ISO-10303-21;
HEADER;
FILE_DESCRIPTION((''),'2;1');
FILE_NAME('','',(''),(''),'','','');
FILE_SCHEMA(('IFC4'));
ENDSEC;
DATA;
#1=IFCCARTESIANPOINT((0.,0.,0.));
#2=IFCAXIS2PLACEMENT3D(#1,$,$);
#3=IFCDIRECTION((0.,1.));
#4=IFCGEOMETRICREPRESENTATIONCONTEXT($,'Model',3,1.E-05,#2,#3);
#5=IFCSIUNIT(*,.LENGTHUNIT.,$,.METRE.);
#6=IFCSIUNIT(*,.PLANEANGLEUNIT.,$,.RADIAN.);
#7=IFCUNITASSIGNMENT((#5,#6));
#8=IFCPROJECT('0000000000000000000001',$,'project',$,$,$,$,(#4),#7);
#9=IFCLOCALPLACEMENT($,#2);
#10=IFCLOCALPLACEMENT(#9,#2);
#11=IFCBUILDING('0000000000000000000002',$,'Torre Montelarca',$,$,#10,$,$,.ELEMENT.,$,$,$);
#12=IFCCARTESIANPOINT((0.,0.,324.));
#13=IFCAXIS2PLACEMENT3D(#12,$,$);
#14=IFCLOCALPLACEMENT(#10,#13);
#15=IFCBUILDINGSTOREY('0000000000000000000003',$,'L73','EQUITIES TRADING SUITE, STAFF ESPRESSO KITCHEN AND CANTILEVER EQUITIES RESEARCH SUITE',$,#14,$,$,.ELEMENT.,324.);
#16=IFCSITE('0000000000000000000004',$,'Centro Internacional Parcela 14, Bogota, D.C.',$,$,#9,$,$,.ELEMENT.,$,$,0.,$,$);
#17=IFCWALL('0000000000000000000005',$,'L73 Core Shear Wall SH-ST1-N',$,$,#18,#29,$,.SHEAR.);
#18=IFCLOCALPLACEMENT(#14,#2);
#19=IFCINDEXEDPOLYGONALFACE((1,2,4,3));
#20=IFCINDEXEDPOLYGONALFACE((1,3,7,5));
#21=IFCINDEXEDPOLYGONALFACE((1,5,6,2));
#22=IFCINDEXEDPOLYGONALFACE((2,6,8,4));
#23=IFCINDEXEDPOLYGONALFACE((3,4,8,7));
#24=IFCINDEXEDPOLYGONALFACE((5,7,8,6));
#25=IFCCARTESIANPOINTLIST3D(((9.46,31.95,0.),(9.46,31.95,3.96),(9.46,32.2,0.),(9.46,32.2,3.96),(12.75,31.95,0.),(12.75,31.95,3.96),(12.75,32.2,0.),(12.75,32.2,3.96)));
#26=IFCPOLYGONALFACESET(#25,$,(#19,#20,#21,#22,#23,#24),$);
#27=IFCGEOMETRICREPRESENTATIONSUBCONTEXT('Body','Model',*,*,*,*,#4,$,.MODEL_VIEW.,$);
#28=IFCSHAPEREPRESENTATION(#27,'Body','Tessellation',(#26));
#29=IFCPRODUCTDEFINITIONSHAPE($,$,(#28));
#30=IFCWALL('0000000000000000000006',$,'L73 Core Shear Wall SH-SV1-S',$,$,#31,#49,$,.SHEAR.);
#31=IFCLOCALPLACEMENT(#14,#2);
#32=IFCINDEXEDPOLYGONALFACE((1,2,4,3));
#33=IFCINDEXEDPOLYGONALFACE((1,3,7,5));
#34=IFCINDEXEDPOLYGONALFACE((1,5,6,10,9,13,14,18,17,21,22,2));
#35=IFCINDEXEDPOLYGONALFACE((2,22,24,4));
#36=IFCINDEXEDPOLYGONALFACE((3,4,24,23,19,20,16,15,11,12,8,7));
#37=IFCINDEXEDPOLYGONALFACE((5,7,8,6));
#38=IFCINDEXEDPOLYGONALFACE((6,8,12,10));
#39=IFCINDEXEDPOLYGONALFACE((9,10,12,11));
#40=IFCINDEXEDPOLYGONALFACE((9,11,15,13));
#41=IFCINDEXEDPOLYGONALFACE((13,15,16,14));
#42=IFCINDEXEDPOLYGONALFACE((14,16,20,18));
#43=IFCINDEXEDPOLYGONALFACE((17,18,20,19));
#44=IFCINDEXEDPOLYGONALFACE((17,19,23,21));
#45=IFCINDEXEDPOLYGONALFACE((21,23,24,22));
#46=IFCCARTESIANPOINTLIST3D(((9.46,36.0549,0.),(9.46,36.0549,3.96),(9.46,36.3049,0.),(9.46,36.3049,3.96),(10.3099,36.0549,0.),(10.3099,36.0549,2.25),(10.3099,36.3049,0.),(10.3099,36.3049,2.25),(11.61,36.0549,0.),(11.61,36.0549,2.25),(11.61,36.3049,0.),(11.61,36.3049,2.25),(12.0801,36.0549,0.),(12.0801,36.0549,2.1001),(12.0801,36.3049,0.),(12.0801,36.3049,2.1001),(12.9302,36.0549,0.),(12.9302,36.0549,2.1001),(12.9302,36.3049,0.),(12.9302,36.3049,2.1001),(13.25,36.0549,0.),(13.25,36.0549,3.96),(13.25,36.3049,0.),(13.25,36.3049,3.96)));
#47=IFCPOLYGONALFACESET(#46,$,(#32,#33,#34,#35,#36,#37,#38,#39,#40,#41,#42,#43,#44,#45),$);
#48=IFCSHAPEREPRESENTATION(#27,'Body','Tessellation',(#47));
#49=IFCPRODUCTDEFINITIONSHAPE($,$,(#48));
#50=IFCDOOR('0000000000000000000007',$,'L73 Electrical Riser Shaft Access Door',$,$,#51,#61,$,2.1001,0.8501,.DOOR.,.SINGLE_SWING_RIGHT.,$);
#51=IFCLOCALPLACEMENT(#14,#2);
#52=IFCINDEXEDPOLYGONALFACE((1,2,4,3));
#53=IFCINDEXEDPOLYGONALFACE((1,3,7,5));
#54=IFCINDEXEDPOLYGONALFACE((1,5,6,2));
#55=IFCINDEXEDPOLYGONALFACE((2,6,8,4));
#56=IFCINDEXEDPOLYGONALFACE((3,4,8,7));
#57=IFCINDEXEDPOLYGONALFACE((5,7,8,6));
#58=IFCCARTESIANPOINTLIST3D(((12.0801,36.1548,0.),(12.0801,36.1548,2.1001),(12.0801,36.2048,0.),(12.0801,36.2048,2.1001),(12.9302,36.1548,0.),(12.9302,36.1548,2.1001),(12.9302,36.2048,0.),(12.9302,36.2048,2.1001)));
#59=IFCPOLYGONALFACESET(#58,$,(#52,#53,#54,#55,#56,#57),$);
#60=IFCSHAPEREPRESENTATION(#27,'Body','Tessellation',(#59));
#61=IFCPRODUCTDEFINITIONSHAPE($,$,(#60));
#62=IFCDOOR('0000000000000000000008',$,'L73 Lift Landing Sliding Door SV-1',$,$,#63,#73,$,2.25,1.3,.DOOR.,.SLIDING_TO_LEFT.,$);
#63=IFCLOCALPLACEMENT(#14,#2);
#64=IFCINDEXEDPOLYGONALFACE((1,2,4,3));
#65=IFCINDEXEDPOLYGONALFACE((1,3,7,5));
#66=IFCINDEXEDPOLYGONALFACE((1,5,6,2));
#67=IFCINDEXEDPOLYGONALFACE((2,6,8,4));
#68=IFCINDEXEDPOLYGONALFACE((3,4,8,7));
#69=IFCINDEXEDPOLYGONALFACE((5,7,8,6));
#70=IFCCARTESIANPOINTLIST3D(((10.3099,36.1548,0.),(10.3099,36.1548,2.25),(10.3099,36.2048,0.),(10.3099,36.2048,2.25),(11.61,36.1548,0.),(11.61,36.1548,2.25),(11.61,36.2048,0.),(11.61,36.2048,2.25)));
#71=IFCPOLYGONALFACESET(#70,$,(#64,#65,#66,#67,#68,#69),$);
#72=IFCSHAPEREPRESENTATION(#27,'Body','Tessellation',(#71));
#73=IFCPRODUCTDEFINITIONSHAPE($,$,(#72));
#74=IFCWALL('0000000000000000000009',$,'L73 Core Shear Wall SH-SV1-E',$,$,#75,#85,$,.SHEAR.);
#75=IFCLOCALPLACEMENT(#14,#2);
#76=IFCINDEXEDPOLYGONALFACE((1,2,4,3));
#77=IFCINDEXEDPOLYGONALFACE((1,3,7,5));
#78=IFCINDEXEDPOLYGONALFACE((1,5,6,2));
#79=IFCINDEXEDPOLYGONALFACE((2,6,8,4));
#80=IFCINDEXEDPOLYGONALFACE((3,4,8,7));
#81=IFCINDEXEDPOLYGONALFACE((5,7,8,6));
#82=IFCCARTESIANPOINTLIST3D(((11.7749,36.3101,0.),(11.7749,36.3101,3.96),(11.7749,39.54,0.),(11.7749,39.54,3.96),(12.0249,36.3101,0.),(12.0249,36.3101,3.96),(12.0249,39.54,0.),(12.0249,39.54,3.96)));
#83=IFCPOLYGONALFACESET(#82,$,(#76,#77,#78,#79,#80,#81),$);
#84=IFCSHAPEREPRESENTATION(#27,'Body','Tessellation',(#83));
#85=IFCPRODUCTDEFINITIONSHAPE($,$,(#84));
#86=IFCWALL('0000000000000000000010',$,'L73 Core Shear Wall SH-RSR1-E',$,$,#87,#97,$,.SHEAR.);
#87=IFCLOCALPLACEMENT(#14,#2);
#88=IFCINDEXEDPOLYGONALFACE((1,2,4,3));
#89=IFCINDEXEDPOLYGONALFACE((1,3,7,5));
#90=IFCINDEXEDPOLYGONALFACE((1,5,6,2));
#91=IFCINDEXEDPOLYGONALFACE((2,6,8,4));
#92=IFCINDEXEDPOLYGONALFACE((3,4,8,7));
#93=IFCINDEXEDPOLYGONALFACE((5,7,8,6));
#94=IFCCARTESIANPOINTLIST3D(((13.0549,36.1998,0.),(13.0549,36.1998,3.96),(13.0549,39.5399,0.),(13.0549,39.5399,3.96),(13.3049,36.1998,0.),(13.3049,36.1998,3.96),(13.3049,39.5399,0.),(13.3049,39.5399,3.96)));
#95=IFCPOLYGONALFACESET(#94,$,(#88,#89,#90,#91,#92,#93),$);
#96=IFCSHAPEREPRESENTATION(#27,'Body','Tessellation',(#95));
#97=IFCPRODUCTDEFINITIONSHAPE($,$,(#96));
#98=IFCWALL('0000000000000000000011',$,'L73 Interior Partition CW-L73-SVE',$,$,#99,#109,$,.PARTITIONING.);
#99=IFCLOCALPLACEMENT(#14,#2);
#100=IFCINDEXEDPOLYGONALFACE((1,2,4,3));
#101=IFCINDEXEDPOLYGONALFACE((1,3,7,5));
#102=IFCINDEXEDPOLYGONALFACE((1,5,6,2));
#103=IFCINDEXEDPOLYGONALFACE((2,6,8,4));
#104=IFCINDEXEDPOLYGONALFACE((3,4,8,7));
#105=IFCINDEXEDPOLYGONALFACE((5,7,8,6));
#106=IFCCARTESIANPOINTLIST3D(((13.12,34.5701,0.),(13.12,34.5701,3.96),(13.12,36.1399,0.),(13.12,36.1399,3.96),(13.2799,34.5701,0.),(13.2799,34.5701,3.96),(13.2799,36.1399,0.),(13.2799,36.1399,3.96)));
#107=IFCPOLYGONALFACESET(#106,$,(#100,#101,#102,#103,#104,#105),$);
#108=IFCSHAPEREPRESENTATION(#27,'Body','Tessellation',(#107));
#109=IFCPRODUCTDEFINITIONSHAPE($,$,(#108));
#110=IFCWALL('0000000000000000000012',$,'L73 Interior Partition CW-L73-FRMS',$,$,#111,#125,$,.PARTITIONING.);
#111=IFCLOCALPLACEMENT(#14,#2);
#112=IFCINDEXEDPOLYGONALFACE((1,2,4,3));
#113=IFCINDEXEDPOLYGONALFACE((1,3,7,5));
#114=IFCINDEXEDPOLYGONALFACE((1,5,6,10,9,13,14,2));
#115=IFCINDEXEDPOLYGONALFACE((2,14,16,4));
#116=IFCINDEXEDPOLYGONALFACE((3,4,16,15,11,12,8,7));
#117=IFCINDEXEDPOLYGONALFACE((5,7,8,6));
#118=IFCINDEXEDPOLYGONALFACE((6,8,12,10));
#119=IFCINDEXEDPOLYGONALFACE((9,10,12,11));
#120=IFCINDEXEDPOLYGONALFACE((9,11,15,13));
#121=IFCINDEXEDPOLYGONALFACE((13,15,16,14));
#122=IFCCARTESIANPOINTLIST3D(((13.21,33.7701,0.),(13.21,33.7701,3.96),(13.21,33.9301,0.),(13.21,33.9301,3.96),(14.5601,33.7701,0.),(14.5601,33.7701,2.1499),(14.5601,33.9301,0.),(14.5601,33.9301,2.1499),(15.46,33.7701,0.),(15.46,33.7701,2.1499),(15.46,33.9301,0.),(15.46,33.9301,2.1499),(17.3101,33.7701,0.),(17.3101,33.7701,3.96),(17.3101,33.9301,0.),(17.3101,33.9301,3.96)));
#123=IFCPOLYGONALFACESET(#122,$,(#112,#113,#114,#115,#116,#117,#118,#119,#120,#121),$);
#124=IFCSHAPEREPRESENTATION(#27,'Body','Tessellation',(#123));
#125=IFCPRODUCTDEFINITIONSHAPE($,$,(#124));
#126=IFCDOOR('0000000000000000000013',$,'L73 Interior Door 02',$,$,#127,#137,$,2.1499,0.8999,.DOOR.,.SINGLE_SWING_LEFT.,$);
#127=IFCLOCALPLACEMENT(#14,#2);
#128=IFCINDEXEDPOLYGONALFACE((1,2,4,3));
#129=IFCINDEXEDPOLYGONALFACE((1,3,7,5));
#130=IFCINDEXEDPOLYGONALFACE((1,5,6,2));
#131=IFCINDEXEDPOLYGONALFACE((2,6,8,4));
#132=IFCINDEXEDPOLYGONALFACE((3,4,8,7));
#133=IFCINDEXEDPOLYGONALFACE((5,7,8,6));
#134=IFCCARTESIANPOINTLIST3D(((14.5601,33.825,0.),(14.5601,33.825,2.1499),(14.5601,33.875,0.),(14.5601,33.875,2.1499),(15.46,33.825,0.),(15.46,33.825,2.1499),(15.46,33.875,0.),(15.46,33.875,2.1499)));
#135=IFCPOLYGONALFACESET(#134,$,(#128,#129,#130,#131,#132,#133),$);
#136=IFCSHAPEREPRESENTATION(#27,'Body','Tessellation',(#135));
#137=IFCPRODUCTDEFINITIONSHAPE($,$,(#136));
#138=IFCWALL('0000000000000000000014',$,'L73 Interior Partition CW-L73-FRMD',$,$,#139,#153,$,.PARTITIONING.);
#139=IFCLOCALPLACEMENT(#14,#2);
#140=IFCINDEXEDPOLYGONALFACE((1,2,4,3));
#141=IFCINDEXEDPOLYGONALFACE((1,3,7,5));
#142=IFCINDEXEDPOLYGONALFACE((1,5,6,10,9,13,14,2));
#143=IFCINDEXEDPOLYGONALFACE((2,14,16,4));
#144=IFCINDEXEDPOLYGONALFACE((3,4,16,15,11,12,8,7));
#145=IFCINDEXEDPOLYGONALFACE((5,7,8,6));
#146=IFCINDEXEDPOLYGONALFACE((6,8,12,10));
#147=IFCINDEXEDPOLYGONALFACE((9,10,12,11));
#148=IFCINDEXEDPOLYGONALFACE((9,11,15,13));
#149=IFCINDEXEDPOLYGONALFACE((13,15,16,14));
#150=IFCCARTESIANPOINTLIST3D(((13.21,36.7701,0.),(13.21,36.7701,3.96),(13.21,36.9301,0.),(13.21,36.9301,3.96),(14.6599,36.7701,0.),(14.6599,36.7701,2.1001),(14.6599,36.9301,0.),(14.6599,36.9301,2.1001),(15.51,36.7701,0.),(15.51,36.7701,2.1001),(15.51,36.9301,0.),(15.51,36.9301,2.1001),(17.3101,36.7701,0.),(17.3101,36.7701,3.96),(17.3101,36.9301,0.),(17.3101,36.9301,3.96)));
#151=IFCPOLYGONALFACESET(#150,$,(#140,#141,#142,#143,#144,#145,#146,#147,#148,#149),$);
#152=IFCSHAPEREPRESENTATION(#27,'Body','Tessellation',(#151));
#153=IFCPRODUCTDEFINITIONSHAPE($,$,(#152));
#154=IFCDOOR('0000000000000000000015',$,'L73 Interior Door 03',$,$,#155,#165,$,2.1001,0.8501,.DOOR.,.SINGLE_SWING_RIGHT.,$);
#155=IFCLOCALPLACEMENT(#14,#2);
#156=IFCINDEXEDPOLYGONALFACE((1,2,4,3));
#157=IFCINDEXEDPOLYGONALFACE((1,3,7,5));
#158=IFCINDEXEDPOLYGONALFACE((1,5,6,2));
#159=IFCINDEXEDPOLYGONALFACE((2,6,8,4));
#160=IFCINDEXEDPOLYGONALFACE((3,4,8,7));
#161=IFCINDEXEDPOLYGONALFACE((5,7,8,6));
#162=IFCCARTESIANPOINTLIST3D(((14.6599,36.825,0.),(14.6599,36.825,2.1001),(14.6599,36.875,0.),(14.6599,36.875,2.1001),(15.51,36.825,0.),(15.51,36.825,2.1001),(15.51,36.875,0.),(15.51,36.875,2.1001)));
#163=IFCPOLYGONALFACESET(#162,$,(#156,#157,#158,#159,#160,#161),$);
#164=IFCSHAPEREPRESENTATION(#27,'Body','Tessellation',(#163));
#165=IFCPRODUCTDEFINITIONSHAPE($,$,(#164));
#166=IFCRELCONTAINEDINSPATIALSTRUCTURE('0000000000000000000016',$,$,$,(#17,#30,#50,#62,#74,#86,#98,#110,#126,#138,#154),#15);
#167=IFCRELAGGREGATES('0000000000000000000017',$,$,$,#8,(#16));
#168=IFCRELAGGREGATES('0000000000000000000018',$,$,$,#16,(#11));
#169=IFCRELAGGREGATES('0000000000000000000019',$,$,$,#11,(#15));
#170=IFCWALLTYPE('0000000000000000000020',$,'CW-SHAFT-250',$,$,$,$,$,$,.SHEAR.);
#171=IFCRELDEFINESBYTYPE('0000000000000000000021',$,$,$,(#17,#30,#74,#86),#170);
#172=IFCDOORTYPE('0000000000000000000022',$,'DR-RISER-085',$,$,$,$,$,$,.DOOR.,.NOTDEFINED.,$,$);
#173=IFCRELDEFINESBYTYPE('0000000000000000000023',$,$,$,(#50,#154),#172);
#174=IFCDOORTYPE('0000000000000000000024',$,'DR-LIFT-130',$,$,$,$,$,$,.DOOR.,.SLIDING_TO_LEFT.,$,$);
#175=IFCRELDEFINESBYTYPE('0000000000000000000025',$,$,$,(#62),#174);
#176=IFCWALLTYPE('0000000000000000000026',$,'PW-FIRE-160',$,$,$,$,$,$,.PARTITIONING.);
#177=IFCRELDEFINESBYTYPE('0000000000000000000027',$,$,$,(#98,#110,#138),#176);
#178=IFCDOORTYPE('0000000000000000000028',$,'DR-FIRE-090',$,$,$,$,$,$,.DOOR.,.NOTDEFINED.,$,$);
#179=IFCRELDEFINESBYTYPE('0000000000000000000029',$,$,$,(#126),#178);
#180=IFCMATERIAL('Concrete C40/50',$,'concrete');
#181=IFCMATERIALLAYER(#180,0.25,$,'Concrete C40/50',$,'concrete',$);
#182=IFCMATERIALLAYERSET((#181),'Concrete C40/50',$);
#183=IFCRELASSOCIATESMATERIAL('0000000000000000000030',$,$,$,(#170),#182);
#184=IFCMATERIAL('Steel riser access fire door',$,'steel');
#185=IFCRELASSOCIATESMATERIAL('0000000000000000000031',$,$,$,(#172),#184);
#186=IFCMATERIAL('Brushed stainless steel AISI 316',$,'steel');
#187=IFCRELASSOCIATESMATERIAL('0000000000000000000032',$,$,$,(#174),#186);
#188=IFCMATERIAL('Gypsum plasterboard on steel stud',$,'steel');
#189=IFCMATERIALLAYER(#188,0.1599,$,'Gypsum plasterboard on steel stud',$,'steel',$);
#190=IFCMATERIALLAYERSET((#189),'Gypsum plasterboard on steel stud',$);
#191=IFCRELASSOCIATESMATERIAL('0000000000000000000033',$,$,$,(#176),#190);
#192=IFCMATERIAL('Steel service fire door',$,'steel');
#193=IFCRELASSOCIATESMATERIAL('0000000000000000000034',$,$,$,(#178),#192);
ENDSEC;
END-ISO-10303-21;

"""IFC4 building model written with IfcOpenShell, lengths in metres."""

from ifc_helpers import new_model, si_unit, direction, frame, frame_2d, origin, place, context, subcontext, project, spatial, rectangle, extrude, source, transform, mapped, material, layer, layer_set, type_object, element, fill, save


model = new_model("IFC4")

# Units and contexts
model_context = context("Model", 3, precision=1e-05, world=origin(), true_north=direction((0.0, 1.0)))
body_context = subcontext(model_context, "Body", "Model", "MODEL_VIEW")
ifc_project = project(units=[si_unit("LENGTHUNIT", "METRE"), si_unit("PLANEANGLEUNIT", "RADIAN")], contexts=[model_context])

# Site, building, storey
site_placement = place(None, origin())
site = spatial("IfcSite", under=ifc_project, at=site_placement, Name="Centro Internacional Parcela 14, Bogota, D.C.", CompositionType="ELEMENT", RefElevation=0.0)
building_placement = place(site_placement, origin())
building = spatial("IfcBuilding", under=site, at=building_placement, Name="Torre Montelarca", CompositionType="ELEMENT")
storey_placement = place(building_placement, frame((0.0, 0.0, 324.0)))
storey = spatial("IfcBuildingStorey", under=building, at=storey_placement, Name="L73", Description="EQUITIES TRADING SUITE, STAFF ESPRESSO KITCHEN AND CANTILEVER EQUITIES RESEARCH SUITE", CompositionType="ELEMENT", Elevation=324.0)

# Wall
ifc_material_1 = material(Name="Concrete C40/50", Category="concrete")
ifc_layer_1 = layer(ifc_material_1, 0.25, Name="Concrete C40/50", Category="concrete")
ifc_layer_set_1 = layer_set([ifc_layer_1], Name="Concrete C40/50")
wall_type_1 = type_object("IfcWallType", Name="CW-SHAFT-250", PredefinedType="SHEAR", material=ifc_layer_set_1)
wall_1_placement = place(storey_placement, frame((9.46, 32.075, 0.0), z_axis=(0.0, 0.0, 1.0), x_axis=(1.0, 0.0, 0.0)))
element("IfcWall", 1, at=wall_1_placement, inside=storey, type_object=wall_type_1, Name="L73 Core Shear Wall SH-ST1-N", PredefinedType="SHEAR", context=body_context, shape_type="SweptSolid", body=[
    extrude(rectangle(XDim=3.29, YDim=0.25, at=frame_2d((1.645, 0.0))), origin(), (0.0, 0.0, 1.0), 3.96),
])

# Wall, openings, doors
wall_2_placement = place(storey_placement, frame((9.46, 36.1799, 0.0), z_axis=(0.0, 0.0, 1.0), x_axis=(1.0, 0.0, 0.0)))
wall_2 = element("IfcWall", 2, at=wall_2_placement, inside=storey, type_object=wall_type_1, Name="L73 Core Shear Wall SH-SV1-S", PredefinedType="SHEAR", context=body_context, shape_type="SweptSolid", body=[
    extrude(rectangle(XDim=3.79, YDim=0.25, at=frame_2d((1.895, 0.0))), origin(), (0.0, 0.0, 1.0), 3.96),
])
opening_1_placement = place(wall_2_placement, frame((2.6201, 0.0, 0.0)))
opening_1 = element("IfcOpeningElement", 3, at=opening_1_placement, cuts=wall_2, PredefinedType="OPENING", context=body_context, shape_type="SweptSolid", body=[
    extrude(rectangle(XDim=0.8501, YDim=2.1001, at=frame_2d((0.425, 1.05))), frame((0.0, 0.135, 0.0), z_axis=(0.0, -1.0, 0.0), x_axis=(1.0, 0.0, 0.0)), (0.0, 0.0, 1.0), 0.27),
])
opening_2_placement = place(wall_2_placement, frame((0.8501, 0.0, 0.0)))
opening_2 = element("IfcOpeningElement", 4, at=opening_2_placement, cuts=wall_2, PredefinedType="OPENING", context=body_context, shape_type="SweptSolid", body=[
    extrude(rectangle(XDim=1.3, YDim=2.25, at=frame_2d((0.6499, 1.125))), frame((0.0, 0.135, 0.0), z_axis=(0.0, -1.0, 0.0), x_axis=(1.0, 0.0, 0.0)), (0.0, 0.0, 1.0), 0.27),
])
ifc_material_2 = material(Name="Steel riser access fire door", Category="steel")
door_type_1 = type_object("IfcDoorType", Name="DR-RISER-085", OperationType="NOTDEFINED", PredefinedType="DOOR", material=ifc_material_2)
shared_shape_1 = source(origin(), body_context, "Body", "SweptSolid", [
    extrude(rectangle(XDim=0.8501, YDim=2.1001, at=frame_2d((0.425, 1.05))), frame((0.0, 0.0249, 0.0), z_axis=(0.0, -1.0, 0.0), x_axis=(1.0, 0.0, 0.0)), (0.0, 0.0, 1.0), 0.05),
])
door_1_placement = place(opening_1_placement, origin())
door_1 = element("IfcDoor", 5, at=door_1_placement, inside=storey, type_object=door_type_1, Name="L73 Electrical Riser Shaft Access Door", OperationType="SINGLE_SWING_RIGHT", OverallHeight=2.1001, OverallWidth=0.8501, PredefinedType="DOOR", context=body_context, shape_type="MappedRepresentation", body=[
    mapped(shared_shape_1, transform((0.0, 0.0, 0.0), scale=1.0)),
])
fill(opening_1, door_1)
ifc_material_3 = material(Name="Brushed stainless steel AISI 316", Category="steel")
door_type_2 = type_object("IfcDoorType", Name="DR-LIFT-130", OperationType="SLIDING_TO_LEFT", PredefinedType="DOOR", material=ifc_material_3)
shared_shape_2 = source(origin(), body_context, "Body", "SweptSolid", [
    extrude(rectangle(XDim=1.3, YDim=2.25, at=frame_2d((0.6499, 1.125))), frame((0.0, 0.0249, 0.0), z_axis=(0.0, -1.0, 0.0), x_axis=(1.0, 0.0, 0.0)), (0.0, 0.0, 1.0), 0.05),
])
door_2_placement = place(opening_2_placement, origin())
door_2 = element("IfcDoor", 6, at=door_2_placement, inside=storey, type_object=door_type_2, Name="L73 Lift Landing Sliding Door SV-1", OperationType="SLIDING_TO_LEFT", OverallHeight=2.25, OverallWidth=1.3, PredefinedType="DOOR", context=body_context, shape_type="MappedRepresentation", body=[
    mapped(shared_shape_2, transform((0.0, 0.0, 0.0), scale=1.0)),
])
fill(opening_2, door_2)

# Walls
wall_3_placement = place(storey_placement, frame((11.8999, 36.3101, 0.0), z_axis=(0.0, 0.0, 1.0), x_axis=(0.0, 1.0, 0.0)))
element("IfcWall", 7, at=wall_3_placement, inside=storey, type_object=wall_type_1, Name="L73 Core Shear Wall SH-SV1-E", PredefinedType="SHEAR", context=body_context, shape_type="SweptSolid", body=[
    extrude(rectangle(XDim=3.23, YDim=0.25, at=frame_2d((1.615, 0.0))), origin(), (0.0, 0.0, 1.0), 3.96),
])
wall_4_placement = place(storey_placement, frame((13.1799, 36.2, 0.0), z_axis=(0.0, 0.0, 1.0), x_axis=(0.0, 1.0, 0.0)))
element("IfcWall", 8, at=wall_4_placement, inside=storey, type_object=wall_type_1, Name="L73 Core Shear Wall SH-RSR1-E", PredefinedType="SHEAR", context=body_context, shape_type="SweptSolid", body=[
    extrude(rectangle(XDim=3.3401, YDim=0.25, at=frame_2d((1.6699, 0.0))), origin(), (0.0, 0.0, 1.0), 3.96),
])

# Shared definitions
ifc_material_4 = material(Name="Gypsum plasterboard on steel stud", Category="steel")
ifc_layer_2 = layer(ifc_material_4, 0.1599, Name="Gypsum plasterboard on steel stud", Category="steel")
ifc_layer_set_2 = layer_set([ifc_layer_2], Name="Gypsum plasterboard on steel stud")
wall_type_2 = type_object("IfcWallType", Name="PW-FIRE-160", PredefinedType="PARTITIONING", material=ifc_layer_set_2)
ifc_material_5 = material(Name="Steel service fire door", Category="steel")
door_type_3 = type_object("IfcDoorType", Name="DR-FIRE-090", OperationType="NOTDEFINED", PredefinedType="DOOR", material=ifc_material_5)
shared_shape_3 = source(origin(), body_context, "Body", "SweptSolid", [
    extrude(rectangle(XDim=0.8999, YDim=2.1499, at=frame_2d((0.45, 1.075))), frame((0.0, 0.0249, 0.0), z_axis=(0.0, -1.0, 0.0), x_axis=(1.0, 0.0, 0.0)), (0.0, 0.0, 1.0), 0.05),
])

# Wall
wall_5_placement = place(storey_placement, frame((13.2, 34.5701, 0.0), z_axis=(0.0, 0.0, 1.0), x_axis=(0.0, 1.0, 0.0)))
element("IfcWall", 9, at=wall_5_placement, inside=storey, type_object=wall_type_2, Name="L73 Interior Partition CW-L73-SVE", PredefinedType="PARTITIONING", context=body_context, shape_type="SweptSolid", body=[
    extrude(rectangle(XDim=1.5698, YDim=0.1599, at=frame_2d((0.7849, 0.0))), origin(), (0.0, 0.0, 1.0), 3.96),
])

# Walls, openings, doors
wall_6_placement = place(storey_placement, frame((13.21, 33.8501, 0.0), z_axis=(0.0, 0.0, 1.0), x_axis=(1.0, 0.0, 0.0)))
wall_6 = element("IfcWall", 10, at=wall_6_placement, inside=storey, type_object=wall_type_2, Name="L73 Interior Partition CW-L73-FRMS", PredefinedType="PARTITIONING", context=body_context, shape_type="SweptSolid", body=[
    extrude(rectangle(XDim=4.1001, YDim=0.1599, at=frame_2d((2.05, 0.0))), origin(), (0.0, 0.0, 1.0), 3.96),
])
opening_3_placement = place(wall_6_placement, frame((1.3501, 0.0, 0.0)))
opening_3 = element("IfcOpeningElement", 11, at=opening_3_placement, cuts=wall_6, PredefinedType="OPENING", context=body_context, shape_type="SweptSolid", body=[
    extrude(rectangle(XDim=0.8999, YDim=2.1499, at=frame_2d((0.45, 1.075))), frame((0.0, 0.0898, 0.0), z_axis=(0.0, -1.0, 0.0), x_axis=(1.0, 0.0, 0.0)), (0.0, 0.0, 1.0), 0.1799),
])
door_3_placement = place(opening_3_placement, origin())
door_3 = element("IfcDoor", 12, at=door_3_placement, inside=storey, type_object=door_type_3, Name="L73 Interior Door 02", OperationType="SINGLE_SWING_LEFT", OverallHeight=2.1499, OverallWidth=0.8999, PredefinedType="DOOR", context=body_context, shape_type="MappedRepresentation", body=[
    mapped(shared_shape_3, transform((0.0, 0.0, 0.0), scale=1.0)),
])
fill(opening_3, door_3)
wall_7_placement = place(storey_placement, frame((13.21, 36.8501, 0.0), z_axis=(0.0, 0.0, 1.0), x_axis=(1.0, 0.0, 0.0)))
wall_7 = element("IfcWall", 13, at=wall_7_placement, inside=storey, type_object=wall_type_2, Name="L73 Interior Partition CW-L73-FRMD", PredefinedType="PARTITIONING", context=body_context, shape_type="SweptSolid", body=[
    extrude(rectangle(XDim=4.1001, YDim=0.1599, at=frame_2d((2.05, 0.0))), origin(), (0.0, 0.0, 1.0), 3.96),
])
opening_4_placement = place(wall_7_placement, frame((1.45, 0.0, 0.0)))
opening_4 = element("IfcOpeningElement", 14, at=opening_4_placement, cuts=wall_7, PredefinedType="OPENING", context=body_context, shape_type="SweptSolid", body=[
    extrude(rectangle(XDim=0.8501, YDim=2.1001, at=frame_2d((0.425, 1.05))), frame((0.0, 0.0898, 0.0), z_axis=(0.0, -1.0, 0.0), x_axis=(1.0, 0.0, 0.0)), (0.0, 0.0, 1.0), 0.1799),
])
door_4_placement = place(opening_4_placement, origin())
door_4 = element("IfcDoor", 15, at=door_4_placement, inside=storey, type_object=door_type_1, Name="L73 Interior Door 03", OperationType="SINGLE_SWING_RIGHT", OverallHeight=2.1001, OverallWidth=0.8501, PredefinedType="DOOR", context=body_context, shape_type="MappedRepresentation", body=[
    mapped(shared_shape_1, transform((0.0, 0.0, 0.0), scale=1.0)),
])
fill(opening_4, door_4)

save(model, "model.ifc")
